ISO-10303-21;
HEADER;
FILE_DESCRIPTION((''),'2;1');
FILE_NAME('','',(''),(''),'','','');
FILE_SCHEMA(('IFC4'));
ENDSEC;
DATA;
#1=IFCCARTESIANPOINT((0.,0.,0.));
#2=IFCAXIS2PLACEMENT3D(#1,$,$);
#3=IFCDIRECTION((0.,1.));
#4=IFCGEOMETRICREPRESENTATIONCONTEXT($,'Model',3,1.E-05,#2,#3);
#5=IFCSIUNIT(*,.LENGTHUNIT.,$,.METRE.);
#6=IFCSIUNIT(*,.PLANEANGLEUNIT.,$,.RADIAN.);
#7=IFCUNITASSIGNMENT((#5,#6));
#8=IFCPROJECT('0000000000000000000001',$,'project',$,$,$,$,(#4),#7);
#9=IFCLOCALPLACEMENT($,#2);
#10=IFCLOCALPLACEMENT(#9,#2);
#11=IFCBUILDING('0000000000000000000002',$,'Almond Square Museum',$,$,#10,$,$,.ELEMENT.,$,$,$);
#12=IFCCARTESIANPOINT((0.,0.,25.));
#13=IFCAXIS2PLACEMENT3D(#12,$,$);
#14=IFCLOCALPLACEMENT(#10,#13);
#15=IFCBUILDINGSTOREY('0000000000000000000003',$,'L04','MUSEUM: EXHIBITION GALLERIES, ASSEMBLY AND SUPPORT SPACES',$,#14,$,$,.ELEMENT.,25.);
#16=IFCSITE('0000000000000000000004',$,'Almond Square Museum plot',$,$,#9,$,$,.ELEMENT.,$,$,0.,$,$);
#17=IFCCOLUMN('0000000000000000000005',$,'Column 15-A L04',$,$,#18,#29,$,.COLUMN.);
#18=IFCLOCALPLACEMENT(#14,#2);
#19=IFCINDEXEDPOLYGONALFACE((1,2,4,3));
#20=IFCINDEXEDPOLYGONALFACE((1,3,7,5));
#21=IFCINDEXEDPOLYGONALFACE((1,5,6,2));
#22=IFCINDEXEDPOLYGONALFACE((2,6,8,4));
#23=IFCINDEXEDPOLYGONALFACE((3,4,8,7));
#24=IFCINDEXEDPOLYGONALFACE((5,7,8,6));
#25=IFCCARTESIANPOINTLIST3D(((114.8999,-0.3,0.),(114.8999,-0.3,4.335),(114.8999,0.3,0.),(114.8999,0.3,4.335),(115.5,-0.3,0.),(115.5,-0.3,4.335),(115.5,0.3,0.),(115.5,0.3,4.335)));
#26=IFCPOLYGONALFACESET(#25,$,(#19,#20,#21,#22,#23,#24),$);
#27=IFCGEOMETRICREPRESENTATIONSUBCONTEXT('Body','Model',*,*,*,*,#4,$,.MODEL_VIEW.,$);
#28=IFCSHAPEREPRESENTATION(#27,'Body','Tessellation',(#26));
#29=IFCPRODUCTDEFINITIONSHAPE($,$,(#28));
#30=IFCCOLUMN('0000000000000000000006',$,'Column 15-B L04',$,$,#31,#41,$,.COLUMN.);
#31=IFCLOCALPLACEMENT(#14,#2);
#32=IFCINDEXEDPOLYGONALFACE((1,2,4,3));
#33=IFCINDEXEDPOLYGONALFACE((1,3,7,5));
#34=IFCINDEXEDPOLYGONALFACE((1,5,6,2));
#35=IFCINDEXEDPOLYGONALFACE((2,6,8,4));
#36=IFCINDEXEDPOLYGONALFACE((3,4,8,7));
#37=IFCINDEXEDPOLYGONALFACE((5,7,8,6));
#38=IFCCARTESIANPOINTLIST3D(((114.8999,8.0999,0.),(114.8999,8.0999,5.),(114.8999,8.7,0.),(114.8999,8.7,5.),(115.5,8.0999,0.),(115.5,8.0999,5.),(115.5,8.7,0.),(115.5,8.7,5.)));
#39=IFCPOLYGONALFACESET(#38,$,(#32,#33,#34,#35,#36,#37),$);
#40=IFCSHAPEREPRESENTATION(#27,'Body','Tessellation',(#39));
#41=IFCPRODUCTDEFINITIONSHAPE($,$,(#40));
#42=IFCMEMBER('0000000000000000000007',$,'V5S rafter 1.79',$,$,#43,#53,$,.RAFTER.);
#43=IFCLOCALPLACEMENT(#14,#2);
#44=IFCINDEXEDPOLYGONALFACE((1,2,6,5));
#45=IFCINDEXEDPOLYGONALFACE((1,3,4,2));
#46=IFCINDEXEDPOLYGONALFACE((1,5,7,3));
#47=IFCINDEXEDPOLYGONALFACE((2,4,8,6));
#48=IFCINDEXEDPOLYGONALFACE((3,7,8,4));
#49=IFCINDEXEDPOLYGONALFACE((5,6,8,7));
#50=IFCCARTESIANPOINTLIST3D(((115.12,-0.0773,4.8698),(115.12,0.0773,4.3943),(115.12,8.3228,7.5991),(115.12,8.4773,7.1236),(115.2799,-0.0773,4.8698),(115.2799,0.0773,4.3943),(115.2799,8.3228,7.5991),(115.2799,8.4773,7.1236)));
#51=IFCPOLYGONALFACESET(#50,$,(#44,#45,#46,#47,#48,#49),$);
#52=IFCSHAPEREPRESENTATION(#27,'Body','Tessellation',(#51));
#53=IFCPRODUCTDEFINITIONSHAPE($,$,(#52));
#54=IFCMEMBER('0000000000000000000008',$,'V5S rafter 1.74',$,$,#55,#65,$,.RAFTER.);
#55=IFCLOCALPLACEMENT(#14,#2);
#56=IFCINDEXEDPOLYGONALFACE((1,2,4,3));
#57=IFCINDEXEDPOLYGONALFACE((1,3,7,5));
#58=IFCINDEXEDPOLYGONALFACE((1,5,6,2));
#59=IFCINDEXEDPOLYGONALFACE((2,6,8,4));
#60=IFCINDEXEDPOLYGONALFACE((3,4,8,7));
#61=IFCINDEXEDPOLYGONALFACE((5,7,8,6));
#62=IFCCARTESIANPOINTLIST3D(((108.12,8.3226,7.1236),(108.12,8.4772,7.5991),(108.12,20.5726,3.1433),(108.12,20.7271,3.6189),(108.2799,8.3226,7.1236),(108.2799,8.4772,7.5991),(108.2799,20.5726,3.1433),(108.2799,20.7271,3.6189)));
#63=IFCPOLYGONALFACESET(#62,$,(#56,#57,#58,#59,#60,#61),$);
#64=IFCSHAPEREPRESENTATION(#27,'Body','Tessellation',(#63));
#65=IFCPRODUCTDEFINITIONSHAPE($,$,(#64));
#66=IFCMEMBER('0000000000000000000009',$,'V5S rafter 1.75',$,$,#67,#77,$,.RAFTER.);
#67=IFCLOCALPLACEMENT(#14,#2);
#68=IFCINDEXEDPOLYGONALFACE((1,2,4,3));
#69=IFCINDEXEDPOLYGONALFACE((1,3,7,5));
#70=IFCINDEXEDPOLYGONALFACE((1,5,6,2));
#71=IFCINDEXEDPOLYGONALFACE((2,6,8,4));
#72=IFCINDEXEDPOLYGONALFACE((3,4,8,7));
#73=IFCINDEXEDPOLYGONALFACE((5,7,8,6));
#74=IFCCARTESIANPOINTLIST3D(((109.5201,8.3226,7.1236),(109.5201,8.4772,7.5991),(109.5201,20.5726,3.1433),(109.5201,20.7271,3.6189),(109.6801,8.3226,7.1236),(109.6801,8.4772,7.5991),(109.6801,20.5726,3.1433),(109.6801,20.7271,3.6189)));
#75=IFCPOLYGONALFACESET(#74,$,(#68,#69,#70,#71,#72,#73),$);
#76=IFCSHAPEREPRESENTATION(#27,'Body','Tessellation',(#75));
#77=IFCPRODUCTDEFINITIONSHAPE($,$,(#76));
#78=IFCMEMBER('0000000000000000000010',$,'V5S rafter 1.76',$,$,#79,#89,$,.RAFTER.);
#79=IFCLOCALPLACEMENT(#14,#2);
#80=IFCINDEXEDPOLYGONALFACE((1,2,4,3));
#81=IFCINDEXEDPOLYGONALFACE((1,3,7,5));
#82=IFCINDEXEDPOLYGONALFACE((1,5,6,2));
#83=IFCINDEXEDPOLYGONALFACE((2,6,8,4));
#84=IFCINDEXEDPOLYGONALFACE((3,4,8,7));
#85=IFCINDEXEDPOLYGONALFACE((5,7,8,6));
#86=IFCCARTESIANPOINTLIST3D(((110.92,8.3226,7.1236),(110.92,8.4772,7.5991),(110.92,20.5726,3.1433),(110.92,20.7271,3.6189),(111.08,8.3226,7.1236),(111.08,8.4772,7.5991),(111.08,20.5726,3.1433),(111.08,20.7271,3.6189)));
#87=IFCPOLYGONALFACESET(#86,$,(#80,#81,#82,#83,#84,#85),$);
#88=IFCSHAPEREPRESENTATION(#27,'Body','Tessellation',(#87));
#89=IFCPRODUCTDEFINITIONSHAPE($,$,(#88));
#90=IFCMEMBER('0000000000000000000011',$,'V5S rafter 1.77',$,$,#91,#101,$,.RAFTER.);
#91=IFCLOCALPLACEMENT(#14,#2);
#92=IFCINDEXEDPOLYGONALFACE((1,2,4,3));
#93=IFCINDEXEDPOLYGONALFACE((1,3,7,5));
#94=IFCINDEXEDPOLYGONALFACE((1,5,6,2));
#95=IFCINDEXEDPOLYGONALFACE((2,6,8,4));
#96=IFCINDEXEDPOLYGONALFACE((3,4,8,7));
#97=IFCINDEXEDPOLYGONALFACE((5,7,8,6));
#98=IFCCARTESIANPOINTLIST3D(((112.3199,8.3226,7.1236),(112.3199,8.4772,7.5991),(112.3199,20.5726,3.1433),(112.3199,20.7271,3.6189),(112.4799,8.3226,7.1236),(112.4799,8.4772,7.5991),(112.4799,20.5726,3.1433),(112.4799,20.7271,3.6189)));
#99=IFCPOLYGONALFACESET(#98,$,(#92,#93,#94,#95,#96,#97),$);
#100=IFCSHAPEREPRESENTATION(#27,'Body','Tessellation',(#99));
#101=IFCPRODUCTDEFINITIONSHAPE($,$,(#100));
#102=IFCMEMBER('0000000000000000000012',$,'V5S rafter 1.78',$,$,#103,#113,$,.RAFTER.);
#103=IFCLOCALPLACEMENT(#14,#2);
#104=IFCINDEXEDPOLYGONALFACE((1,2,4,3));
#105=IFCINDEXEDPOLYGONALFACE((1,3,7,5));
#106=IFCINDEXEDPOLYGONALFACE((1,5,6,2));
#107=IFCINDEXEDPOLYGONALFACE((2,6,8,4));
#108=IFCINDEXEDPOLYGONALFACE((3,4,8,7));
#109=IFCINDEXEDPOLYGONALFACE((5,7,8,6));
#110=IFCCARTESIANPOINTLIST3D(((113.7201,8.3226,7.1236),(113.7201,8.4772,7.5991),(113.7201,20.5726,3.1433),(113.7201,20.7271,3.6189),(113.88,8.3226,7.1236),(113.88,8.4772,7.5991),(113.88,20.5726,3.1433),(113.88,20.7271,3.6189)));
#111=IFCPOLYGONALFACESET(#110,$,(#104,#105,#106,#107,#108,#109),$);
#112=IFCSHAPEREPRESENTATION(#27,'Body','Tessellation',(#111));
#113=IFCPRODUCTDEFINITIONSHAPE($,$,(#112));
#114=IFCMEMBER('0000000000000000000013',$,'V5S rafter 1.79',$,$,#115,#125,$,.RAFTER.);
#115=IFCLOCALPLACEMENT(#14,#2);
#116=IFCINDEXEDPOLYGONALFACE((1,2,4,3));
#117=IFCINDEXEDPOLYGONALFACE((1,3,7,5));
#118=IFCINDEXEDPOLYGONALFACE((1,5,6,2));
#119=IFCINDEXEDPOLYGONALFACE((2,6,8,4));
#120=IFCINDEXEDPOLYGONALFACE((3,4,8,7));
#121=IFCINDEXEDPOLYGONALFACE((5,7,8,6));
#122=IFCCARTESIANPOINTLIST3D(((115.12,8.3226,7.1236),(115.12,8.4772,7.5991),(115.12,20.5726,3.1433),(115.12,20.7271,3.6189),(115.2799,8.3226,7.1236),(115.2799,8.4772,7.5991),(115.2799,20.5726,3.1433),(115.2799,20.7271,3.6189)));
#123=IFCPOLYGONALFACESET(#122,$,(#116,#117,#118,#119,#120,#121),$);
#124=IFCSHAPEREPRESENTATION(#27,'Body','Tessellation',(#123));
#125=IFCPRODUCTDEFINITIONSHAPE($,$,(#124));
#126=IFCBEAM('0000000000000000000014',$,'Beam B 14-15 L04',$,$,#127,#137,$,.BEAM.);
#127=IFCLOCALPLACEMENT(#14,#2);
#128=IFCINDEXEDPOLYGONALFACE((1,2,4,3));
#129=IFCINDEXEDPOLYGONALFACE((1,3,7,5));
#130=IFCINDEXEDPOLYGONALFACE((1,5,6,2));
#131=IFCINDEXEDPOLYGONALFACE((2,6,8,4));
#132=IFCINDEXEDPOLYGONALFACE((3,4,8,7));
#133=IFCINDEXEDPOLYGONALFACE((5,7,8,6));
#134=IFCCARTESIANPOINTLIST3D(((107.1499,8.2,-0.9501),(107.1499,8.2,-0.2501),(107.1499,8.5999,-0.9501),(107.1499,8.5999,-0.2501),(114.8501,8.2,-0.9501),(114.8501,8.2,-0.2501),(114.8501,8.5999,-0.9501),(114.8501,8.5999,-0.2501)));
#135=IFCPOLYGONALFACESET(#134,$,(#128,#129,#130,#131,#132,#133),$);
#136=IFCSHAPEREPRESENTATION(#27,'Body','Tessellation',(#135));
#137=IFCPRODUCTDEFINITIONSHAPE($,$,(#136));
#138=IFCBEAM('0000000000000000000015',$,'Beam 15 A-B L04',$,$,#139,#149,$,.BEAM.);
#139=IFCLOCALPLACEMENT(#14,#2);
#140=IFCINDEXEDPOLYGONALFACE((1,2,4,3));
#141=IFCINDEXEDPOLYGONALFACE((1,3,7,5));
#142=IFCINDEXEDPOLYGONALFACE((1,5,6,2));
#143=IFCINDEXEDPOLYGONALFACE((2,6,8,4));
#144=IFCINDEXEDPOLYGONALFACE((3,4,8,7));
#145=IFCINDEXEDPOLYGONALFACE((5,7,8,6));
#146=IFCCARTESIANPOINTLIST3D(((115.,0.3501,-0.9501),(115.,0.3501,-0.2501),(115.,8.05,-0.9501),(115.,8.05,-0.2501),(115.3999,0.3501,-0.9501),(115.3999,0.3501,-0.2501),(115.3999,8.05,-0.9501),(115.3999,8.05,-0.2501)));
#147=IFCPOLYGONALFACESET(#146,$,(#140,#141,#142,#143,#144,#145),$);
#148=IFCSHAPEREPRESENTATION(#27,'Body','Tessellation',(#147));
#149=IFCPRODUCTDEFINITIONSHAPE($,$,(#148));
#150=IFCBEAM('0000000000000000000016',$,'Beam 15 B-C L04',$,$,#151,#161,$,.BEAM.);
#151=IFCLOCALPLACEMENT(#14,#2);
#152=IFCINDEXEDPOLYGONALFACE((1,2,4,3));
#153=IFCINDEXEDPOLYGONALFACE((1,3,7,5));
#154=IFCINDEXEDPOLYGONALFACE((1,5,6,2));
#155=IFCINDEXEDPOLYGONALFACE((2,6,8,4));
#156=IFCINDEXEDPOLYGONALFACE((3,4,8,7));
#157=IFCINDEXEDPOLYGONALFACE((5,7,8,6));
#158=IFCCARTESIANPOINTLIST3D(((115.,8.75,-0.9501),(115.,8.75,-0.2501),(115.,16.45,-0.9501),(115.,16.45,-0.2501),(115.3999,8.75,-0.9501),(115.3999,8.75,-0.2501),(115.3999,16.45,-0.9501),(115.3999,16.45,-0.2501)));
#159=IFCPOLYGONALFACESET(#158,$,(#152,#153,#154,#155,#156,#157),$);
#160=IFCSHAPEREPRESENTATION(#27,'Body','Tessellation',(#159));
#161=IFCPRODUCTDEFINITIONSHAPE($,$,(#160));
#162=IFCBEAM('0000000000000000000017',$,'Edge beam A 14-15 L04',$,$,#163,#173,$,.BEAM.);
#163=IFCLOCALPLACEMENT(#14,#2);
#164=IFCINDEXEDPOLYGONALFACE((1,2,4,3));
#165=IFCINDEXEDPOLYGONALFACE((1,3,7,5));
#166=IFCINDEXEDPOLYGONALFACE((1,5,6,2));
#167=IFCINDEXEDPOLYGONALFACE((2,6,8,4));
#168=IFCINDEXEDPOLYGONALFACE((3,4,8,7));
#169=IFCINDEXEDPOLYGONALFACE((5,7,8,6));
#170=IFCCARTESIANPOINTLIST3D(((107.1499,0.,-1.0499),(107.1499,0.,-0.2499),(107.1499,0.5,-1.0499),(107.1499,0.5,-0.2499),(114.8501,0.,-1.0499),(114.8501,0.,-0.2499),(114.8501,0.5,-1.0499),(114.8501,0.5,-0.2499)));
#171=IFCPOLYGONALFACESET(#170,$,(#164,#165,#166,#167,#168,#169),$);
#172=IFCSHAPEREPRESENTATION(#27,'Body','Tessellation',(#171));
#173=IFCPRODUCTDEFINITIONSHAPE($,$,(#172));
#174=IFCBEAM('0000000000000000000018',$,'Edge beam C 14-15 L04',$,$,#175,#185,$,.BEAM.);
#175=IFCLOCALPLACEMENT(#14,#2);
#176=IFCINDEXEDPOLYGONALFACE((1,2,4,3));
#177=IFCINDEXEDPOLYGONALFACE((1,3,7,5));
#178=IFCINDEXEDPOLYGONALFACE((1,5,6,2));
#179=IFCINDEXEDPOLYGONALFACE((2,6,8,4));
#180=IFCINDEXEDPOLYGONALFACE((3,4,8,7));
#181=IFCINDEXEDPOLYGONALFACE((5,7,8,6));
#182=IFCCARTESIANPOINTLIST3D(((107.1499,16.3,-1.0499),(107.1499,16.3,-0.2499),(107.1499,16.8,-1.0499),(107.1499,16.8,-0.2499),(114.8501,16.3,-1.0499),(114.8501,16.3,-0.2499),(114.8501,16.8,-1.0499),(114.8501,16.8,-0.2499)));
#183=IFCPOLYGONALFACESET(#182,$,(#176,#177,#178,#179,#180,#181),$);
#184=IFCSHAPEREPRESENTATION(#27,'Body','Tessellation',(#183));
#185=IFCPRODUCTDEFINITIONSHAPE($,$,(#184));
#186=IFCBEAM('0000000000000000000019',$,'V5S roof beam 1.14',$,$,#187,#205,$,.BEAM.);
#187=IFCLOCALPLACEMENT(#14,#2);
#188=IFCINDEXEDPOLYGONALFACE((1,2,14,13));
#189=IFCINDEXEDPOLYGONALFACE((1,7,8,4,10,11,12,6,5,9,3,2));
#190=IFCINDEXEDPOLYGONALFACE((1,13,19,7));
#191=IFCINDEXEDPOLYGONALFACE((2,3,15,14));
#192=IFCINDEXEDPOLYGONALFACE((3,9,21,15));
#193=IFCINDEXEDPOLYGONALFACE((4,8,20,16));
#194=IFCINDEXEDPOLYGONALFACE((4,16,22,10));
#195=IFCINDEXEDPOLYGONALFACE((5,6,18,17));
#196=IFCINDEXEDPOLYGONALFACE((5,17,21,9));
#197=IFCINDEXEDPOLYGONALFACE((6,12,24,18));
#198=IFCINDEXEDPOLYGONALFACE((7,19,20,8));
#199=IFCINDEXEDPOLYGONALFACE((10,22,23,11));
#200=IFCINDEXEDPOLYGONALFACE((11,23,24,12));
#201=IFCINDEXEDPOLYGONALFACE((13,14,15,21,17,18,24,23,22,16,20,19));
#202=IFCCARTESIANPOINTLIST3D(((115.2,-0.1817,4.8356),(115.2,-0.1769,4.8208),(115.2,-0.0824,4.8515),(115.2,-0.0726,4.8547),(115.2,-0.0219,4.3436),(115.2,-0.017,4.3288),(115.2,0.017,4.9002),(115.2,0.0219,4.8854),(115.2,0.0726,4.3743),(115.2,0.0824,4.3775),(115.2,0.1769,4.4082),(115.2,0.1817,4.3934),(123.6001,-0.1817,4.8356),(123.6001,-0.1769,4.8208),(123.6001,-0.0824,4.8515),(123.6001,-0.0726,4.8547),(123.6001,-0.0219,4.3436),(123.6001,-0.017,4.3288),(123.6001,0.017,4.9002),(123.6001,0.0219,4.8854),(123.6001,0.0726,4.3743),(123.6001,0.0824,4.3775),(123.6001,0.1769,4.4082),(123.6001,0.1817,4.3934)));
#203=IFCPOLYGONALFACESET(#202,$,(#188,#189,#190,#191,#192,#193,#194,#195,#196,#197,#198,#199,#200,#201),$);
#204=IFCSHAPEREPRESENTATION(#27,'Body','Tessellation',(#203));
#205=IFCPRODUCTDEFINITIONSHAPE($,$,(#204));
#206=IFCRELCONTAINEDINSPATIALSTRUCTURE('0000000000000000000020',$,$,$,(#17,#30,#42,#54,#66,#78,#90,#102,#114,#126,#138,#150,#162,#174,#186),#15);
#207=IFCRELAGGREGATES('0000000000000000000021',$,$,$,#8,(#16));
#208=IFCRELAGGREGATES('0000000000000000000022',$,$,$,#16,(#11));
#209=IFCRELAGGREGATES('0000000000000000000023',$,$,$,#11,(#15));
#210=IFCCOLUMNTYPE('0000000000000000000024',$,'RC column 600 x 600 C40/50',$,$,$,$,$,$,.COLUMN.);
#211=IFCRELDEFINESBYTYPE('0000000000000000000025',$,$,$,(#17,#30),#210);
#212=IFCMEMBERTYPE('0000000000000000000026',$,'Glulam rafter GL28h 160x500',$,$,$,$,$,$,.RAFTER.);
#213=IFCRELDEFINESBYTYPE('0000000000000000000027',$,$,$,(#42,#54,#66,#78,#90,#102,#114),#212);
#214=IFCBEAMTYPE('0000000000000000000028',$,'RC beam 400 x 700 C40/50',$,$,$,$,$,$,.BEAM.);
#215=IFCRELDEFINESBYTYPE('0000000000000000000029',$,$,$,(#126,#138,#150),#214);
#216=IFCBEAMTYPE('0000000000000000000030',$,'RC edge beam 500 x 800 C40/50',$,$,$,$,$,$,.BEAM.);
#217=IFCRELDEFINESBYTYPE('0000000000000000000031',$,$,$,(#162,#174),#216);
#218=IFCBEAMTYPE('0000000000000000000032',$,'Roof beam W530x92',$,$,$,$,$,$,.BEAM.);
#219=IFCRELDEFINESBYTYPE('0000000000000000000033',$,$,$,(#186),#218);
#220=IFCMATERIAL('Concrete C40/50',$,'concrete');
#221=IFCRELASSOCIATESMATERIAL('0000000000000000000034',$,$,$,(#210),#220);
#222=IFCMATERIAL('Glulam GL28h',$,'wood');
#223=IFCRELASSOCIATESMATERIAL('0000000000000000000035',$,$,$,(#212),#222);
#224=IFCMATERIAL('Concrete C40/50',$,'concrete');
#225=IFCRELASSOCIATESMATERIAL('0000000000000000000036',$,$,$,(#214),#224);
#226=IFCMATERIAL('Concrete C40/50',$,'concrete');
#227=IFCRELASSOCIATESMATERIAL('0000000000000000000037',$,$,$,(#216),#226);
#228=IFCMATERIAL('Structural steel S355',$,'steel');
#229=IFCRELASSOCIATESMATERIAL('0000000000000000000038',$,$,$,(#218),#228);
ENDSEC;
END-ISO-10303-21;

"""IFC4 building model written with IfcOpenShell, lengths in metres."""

from ifc_helpers import new_model, si_unit, direction, frame, origin, origin_2d, place, context, subcontext, project, spatial, rectangle, i_section, extrude, material, material_profile, profile_set, type_object, element, save


model = new_model("IFC4")

# Units and contexts
model_context = context("Model", 3, precision=1e-05, world=origin(), true_north=direction((0.0, 1.0)))
body_context = subcontext(model_context, "Body", "Model", "MODEL_VIEW")
ifc_project = project(units=[si_unit("LENGTHUNIT", "METRE"), si_unit("PLANEANGLEUNIT", "RADIAN")], contexts=[model_context])

# Site, building, storey
site_placement = place(None, origin())
site = spatial("IfcSite", under=ifc_project, at=site_placement, Name="Almond Square Museum plot", CompositionType="ELEMENT", RefElevation=0.0)
building_placement = place(site_placement, origin())
building = spatial("IfcBuilding", under=site, at=building_placement, Name="Almond Square Museum", CompositionType="ELEMENT")
storey_placement = place(building_placement, frame((0.0, 0.0, 25.0)))
storey = spatial("IfcBuildingStorey", under=building, at=storey_placement, Name="L04", Description="MUSEUM: EXHIBITION GALLERIES, ASSEMBLY AND SUPPORT SPACES", CompositionType="ELEMENT", Elevation=25.0)

# Columns
ifc_material_1 = material(Name="Concrete C40/50", Category="concrete")
ifc_material_profile_1 = material_profile(ifc_material_1, rectangle(XDim=0.6001, YDim=0.6001, at=origin_2d()))
ifc_profile_set_1 = profile_set([ifc_material_profile_1], Name="Concrete C40/50")
column_type = type_object("IfcColumnType", Name="RC column 600 x 600 C40/50", PredefinedType="COLUMN", material=ifc_profile_set_1)
column_1_placement = place(storey_placement, frame((115.2, 0.0, 0.0), z_axis=(0.0, 0.0, 1.0), x_axis=(1.0, 0.0, 0.0)))
element("IfcColumn", 1, at=column_1_placement, inside=storey, type_object=column_type, Name="Column 15-A L04", PredefinedType="COLUMN", context=body_context, shape_type="SweptSolid", body=[
    extrude(rectangle(XDim=0.6001, YDim=0.6001, at=origin_2d()), origin(), (0.0, 0.0, 1.0), 4.335),
])
column_2_placement = place(storey_placement, frame((115.2, 8.3999, 0.0), z_axis=(0.0, 0.0, 1.0), x_axis=(1.0, 0.0, 0.0)))
element("IfcColumn", 2, at=column_2_placement, inside=storey, type_object=column_type, Name="Column 15-B L04", PredefinedType="COLUMN", context=body_context, shape_type="SweptSolid", body=[
    extrude(rectangle(XDim=0.6001, YDim=0.6001, at=origin_2d()), origin(), (0.0, 0.0, 1.0), 5.0),
])

# Members
ifc_material_2 = material(Name="Glulam GL28h", Category="wood")
ifc_material_profile_2 = material_profile(ifc_material_2, rectangle(XDim=0.1599, YDim=0.5, at=origin_2d()))
ifc_profile_set_2 = profile_set([ifc_material_profile_2], Name="Glulam GL28h")
member_type = type_object("IfcMemberType", Name="Glulam rafter GL28h 160x500", PredefinedType="RAFTER", material=ifc_profile_set_2)
member_placement = place(storey_placement, frame((115.2, 0.0, 4.6321), z_axis=(0.0, 0.951058, 0.309012), x_axis=(-1.0, 0.0, 0.0)))
element("IfcMember", 3, at=member_placement, inside=storey, type_object=member_type, Name="V5S rafter 1.79", PredefinedType="RAFTER", context=body_context, shape_type="SweptSolid", body=[
    extrude(rectangle(XDim=0.1599, YDim=0.5, at=origin_2d()), origin(), (0.0, 0.0, 1.0), 8.8323),
])
for number, where, z_axis, x_axis, name in (
    (4, (108.2, 8.3999, 7.3613), (0.0, 0.951057, -0.309014), (-1.0, 0.0, 0.0), "V5S rafter 1.74"),
    (5, (109.6001, 8.3999, 7.3613), (0.0, 0.951057, -0.309014), (-1.0, 0.0, 0.0), "V5S rafter 1.75"),
    (6, (111.0, 8.3999, 7.3613), (0.0, 0.951057, -0.309014), (-1.0, 0.0, 0.0), "V5S rafter 1.76"),
    (7, (112.3999, 8.3999, 7.3613), (0.0, 0.951057, -0.309014), (-1.0, 0.0, 0.0), "V5S rafter 1.77"),
    (8, (113.8, 8.3999, 7.3613), (0.0, 0.951057, -0.309014), (-1.0, 0.0, 0.0), "V5S rafter 1.78"),
    (9, (115.2, 8.3999, 7.3613), (0.0, 0.951057, -0.309014), (-1.0, 0.0, 0.0), "V5S rafter 1.79"),
):
    element("IfcMember", number, at=place(storey_placement, frame(where, z_axis=z_axis, x_axis=x_axis)), inside=storey, type_object=member_type, Name=name, PredefinedType="RAFTER", context=body_context, shape_type="SweptSolid", body=[
        extrude(rectangle(XDim=0.1599, YDim=0.5, at=origin_2d()), origin(), (0.0, 0.0, 1.0), 12.8804),
    ])

# Beams
ifc_material_3 = material(Name="Concrete C40/50", Category="concrete")
ifc_material_profile_3 = material_profile(ifc_material_3, rectangle(XDim=0.3999, YDim=0.7, at=origin_2d()))
ifc_profile_set_3 = profile_set([ifc_material_profile_3], Name="Concrete C40/50")
beam_type_1 = type_object("IfcBeamType", Name="RC beam 400 x 700 C40/50", PredefinedType="BEAM", material=ifc_profile_set_3)
beam_1_placement = place(storey_placement, frame((107.1499, 8.3999, -0.6001), z_axis=(1.0, 0.0, 0.0), x_axis=(0.0, 1.0, 0.0)))
element("IfcBeam", 10, at=beam_1_placement, inside=storey, type_object=beam_type_1, Name="Beam B 14-15 L04", PredefinedType="BEAM", context=body_context, shape_type="SweptSolid", body=[
    extrude(rectangle(XDim=0.3999, YDim=0.7, at=origin_2d()), origin(), (0.0, 0.0, 1.0), 7.7002),
])
for number, where, z_axis, x_axis, name in (
    (11, (115.2, 0.3501, -0.6001), (0.0, 1.0, 0.0), (-1.0, 0.0, 0.0), "Beam 15 A-B L04"),
    (12, (115.2, 8.75, -0.6001), (0.0, 1.0, 0.0), (-1.0, 0.0, 0.0), "Beam 15 B-C L04"),
):
    element("IfcBeam", number, at=place(storey_placement, frame(where, z_axis=z_axis, x_axis=x_axis)), inside=storey, type_object=beam_type_1, Name=name, PredefinedType="BEAM", context=body_context, shape_type="SweptSolid", body=[
        extrude(rectangle(XDim=0.3999, YDim=0.7, at=origin_2d()), origin(), (0.0, 0.0, 1.0), 7.7),
    ])
ifc_material_4 = material(Name="Concrete C40/50", Category="concrete")
ifc_material_profile_4 = material_profile(ifc_material_4, rectangle(XDim=0.5, YDim=0.8, at=origin_2d()))
ifc_profile_set_4 = profile_set([ifc_material_profile_4], Name="Concrete C40/50")
beam_type_2 = type_object("IfcBeamType", Name="RC edge beam 500 x 800 C40/50", PredefinedType="BEAM", material=ifc_profile_set_4)
for number, where, z_axis, x_axis, name in (
    (13, (107.1499, 0.25, -0.6499), (1.0, 0.0, 0.0), (0.0, 1.0, 0.0), "Edge beam A 14-15 L04"),
    (14, (107.1499, 16.55, -0.6499), (1.0, 0.0, 0.0), (0.0, 1.0, 0.0), "Edge beam C 14-15 L04"),
):
    element("IfcBeam", number, at=place(storey_placement, frame(where, z_axis=z_axis, x_axis=x_axis)), inside=storey, type_object=beam_type_2, Name=name, PredefinedType="BEAM", context=body_context, shape_type="SweptSolid", body=[
        extrude(rectangle(XDim=0.5, YDim=0.8, at=origin_2d()), origin(), (0.0, 0.0, 1.0), 7.7002),
    ])
ifc_material_5 = material(Name="Structural steel S355", Category="steel")
ifc_material_profile_5 = material_profile(ifc_material_5, i_section(OverallWidth=0.209, OverallDepth=0.533, WebThickness=0.0103, FlangeThickness=0.0156, at=origin_2d()))
ifc_profile_set_5 = profile_set([ifc_material_profile_5], Name="Structural steel S355")
beam_type_3 = type_object("IfcBeamType", Name="Roof beam W530x92", PredefinedType="BEAM", material=ifc_profile_set_5)
beam_2_placement = place(storey_placement, frame((115.2, 0.0, 4.6145), z_axis=(1.0, 0.0, 0.0), x_axis=(0.0, 0.951057, 0.309017)))
element("IfcBeam", 15, at=beam_2_placement, inside=storey, type_object=beam_type_3, Name="V5S roof beam 1.14", PredefinedType="BEAM", context=body_context, shape_type="SweptSolid", body=[
    extrude(i_section(OverallWidth=0.209, OverallDepth=0.533, WebThickness=0.0103, FlangeThickness=0.0156, at=origin_2d()), origin(), (0.0, 0.0, 1.0), 8.4001),
])

save(model, "model.ifc")
